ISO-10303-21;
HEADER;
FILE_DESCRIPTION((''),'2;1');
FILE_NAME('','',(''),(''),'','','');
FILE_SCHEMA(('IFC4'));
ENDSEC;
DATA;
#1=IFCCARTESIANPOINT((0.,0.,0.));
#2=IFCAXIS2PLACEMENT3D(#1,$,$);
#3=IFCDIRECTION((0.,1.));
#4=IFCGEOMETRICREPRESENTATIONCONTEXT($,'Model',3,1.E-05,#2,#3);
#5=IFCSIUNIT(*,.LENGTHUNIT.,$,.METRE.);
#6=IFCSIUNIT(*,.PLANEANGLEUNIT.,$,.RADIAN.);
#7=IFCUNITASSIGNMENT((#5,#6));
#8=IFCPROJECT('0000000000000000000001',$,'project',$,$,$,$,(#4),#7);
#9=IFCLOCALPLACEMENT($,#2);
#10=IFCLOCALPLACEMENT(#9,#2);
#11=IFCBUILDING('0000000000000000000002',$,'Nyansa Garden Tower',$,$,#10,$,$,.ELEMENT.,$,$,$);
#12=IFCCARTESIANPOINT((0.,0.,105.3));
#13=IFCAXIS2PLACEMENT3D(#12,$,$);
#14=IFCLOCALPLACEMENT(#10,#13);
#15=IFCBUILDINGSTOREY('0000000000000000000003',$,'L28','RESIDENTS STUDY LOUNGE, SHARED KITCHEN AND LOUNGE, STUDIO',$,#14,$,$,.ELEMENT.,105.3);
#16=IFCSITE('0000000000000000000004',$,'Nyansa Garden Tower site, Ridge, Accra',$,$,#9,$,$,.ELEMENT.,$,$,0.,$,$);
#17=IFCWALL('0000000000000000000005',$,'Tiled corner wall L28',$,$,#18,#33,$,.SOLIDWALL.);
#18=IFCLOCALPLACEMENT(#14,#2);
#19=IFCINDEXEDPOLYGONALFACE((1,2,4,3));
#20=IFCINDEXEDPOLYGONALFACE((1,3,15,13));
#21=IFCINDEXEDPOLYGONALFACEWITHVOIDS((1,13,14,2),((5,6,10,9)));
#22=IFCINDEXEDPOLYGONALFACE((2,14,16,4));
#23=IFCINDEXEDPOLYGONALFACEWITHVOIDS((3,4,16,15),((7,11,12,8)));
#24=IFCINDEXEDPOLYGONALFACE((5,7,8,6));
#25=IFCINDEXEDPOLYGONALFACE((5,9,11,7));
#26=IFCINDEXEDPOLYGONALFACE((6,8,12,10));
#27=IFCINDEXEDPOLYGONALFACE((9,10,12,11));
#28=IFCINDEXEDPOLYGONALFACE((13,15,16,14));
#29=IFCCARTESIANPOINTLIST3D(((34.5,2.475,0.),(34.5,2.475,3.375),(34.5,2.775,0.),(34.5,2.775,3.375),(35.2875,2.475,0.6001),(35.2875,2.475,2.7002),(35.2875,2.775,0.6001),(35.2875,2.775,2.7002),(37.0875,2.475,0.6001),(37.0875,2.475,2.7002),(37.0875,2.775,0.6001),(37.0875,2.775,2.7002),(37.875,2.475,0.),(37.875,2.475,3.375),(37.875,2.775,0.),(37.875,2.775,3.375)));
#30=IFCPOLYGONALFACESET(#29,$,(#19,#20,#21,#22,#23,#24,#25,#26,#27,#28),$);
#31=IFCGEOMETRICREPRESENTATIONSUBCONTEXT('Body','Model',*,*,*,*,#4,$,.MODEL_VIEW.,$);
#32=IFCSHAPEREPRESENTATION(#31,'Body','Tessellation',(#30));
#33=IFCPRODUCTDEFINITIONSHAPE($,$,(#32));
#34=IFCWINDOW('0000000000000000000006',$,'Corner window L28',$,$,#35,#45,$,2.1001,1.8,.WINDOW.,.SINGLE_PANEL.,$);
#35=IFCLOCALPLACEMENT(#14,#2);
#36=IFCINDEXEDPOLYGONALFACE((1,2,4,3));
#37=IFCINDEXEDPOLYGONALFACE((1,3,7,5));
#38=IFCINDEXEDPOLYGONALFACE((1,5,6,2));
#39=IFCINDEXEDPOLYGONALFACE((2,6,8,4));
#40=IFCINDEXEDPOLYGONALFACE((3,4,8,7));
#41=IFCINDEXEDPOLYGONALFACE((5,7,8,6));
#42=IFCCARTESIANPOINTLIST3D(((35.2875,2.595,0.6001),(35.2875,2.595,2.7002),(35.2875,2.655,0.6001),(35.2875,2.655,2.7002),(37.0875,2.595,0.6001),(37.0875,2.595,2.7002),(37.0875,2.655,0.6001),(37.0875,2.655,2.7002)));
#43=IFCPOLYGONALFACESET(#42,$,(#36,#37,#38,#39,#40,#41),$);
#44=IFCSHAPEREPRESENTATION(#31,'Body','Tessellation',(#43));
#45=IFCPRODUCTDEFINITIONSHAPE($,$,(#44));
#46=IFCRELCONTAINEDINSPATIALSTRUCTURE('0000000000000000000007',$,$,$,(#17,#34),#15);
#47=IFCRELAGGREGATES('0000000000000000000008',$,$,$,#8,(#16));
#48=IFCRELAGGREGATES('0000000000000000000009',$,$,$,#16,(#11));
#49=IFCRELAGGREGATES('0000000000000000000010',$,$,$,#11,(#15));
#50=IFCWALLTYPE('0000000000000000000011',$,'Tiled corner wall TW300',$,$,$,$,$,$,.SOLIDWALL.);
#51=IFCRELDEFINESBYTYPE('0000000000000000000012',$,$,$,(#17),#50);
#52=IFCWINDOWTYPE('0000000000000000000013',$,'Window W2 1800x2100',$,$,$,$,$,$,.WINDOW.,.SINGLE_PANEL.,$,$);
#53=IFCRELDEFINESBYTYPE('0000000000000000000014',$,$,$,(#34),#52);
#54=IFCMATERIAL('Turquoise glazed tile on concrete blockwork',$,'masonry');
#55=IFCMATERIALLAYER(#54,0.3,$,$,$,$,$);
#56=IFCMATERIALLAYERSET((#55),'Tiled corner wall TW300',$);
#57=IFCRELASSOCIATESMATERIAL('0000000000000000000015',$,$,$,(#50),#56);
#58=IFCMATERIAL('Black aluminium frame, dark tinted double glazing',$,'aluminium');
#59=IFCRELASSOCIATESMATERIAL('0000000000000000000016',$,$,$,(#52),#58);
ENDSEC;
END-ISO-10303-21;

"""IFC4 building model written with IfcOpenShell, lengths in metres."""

from ifc_helpers import new_model, si_unit, direction, frame, frame_2d, origin, place, context, subcontext, project, spatial, rectangle, extrude, material, layer, layer_set, type_object, element, fill, save


model = new_model("IFC4")

# Units and contexts
model_context = context("Model", 3, precision=1e-05, world=origin(), true_north=direction((0.0, 1.0)))
body_context = subcontext(model_context, "Body", "Model", "MODEL_VIEW")
ifc_project = project(units=[si_unit("LENGTHUNIT", "METRE"), si_unit("PLANEANGLEUNIT", "RADIAN")], contexts=[model_context])

# Site, building, storey
site_placement = place(None, origin())
site = spatial("IfcSite", under=ifc_project, at=site_placement, Name="Nyansa Garden Tower site, Ridge, Accra", CompositionType="ELEMENT", RefElevation=0.0)
building_placement = place(site_placement, origin())
building = spatial("IfcBuilding", under=site, at=building_placement, Name="Nyansa Garden Tower", CompositionType="ELEMENT")
storey_placement = place(building_placement, frame((0.0, 0.0, 105.3)))
storey = spatial("IfcBuildingStorey", under=building, at=storey_placement, Name="L28", Description="RESIDENTS STUDY LOUNGE, SHARED KITCHEN AND LOUNGE, STUDIO", CompositionType="ELEMENT", Elevation=105.3)

# Wall, opening, window
ifc_material_1 = material(Name="Turquoise glazed tile on concrete blockwork", Category="masonry")
ifc_layer_1 = layer(ifc_material_1, 0.3)
ifc_layer_set_1 = layer_set([ifc_layer_1], Name="Tiled corner wall TW300")
wall_type_1 = type_object("IfcWallType", Name="Tiled corner wall TW300", PredefinedType="SOLIDWALL", material=ifc_layer_set_1)
wall_1_placement = place(storey_placement, frame((34.5, 2.625, 0.0), z_axis=(0.0, 0.0, 1.0), x_axis=(1.0, 0.0, 0.0)))
wall_1 = element("IfcWall", 1, at=wall_1_placement, inside=storey, type_object=wall_type_1, Name="Tiled corner wall L28", PredefinedType="SOLIDWALL", context=body_context, shape_type="SweptSolid", body=[
    extrude(rectangle(XDim=3.375, YDim=0.3, at=frame_2d((1.6875, 0.0))), origin(), (0.0, 0.0, 1.0), 3.375),
])
opening_1_placement = place(wall_1_placement, frame((0.7876, 0.0, 0.6001)))
opening_1 = element("IfcOpeningElement", 2, at=opening_1_placement, cuts=wall_1, PredefinedType="OPENING", context=body_context, shape_type="SweptSolid", body=[
    extrude(rectangle(XDim=1.8, YDim=2.1001, at=frame_2d((0.8999, 1.05))), frame((0.0, 0.1599, 0.0), z_axis=(0.0, -1.0, 0.0), x_axis=(1.0, 0.0, 0.0)), (0.0, 0.0, 1.0), 0.3201),
])
ifc_material_2 = material(Name="Black aluminium frame, dark tinted double glazing", Category="aluminium")
window_type_1 = type_object("IfcWindowType", Name="Window W2 1800x2100", PartitioningType="SINGLE_PANEL", PredefinedType="WINDOW", material=ifc_material_2)
window_1_placement = place(opening_1_placement, origin())
window_1 = element("IfcWindow", 3, at=window_1_placement, inside=storey, type_object=window_type_1, Name="Corner window L28", OverallHeight=2.1001, OverallWidth=1.8, PartitioningType="SINGLE_PANEL", PredefinedType="WINDOW", context=body_context, shape_type="SweptSolid", body=[
    extrude(rectangle(XDim=1.8, YDim=2.1001, at=frame_2d((0.8999, 1.05))), frame((0.0, 0.03, 0.0), z_axis=(0.0, -1.0, 0.0), x_axis=(1.0, 0.0, 0.0)), (0.0, 0.0, 1.0), 0.0601),
])
fill(opening_1, window_1)

save(model, "model.ifc")
